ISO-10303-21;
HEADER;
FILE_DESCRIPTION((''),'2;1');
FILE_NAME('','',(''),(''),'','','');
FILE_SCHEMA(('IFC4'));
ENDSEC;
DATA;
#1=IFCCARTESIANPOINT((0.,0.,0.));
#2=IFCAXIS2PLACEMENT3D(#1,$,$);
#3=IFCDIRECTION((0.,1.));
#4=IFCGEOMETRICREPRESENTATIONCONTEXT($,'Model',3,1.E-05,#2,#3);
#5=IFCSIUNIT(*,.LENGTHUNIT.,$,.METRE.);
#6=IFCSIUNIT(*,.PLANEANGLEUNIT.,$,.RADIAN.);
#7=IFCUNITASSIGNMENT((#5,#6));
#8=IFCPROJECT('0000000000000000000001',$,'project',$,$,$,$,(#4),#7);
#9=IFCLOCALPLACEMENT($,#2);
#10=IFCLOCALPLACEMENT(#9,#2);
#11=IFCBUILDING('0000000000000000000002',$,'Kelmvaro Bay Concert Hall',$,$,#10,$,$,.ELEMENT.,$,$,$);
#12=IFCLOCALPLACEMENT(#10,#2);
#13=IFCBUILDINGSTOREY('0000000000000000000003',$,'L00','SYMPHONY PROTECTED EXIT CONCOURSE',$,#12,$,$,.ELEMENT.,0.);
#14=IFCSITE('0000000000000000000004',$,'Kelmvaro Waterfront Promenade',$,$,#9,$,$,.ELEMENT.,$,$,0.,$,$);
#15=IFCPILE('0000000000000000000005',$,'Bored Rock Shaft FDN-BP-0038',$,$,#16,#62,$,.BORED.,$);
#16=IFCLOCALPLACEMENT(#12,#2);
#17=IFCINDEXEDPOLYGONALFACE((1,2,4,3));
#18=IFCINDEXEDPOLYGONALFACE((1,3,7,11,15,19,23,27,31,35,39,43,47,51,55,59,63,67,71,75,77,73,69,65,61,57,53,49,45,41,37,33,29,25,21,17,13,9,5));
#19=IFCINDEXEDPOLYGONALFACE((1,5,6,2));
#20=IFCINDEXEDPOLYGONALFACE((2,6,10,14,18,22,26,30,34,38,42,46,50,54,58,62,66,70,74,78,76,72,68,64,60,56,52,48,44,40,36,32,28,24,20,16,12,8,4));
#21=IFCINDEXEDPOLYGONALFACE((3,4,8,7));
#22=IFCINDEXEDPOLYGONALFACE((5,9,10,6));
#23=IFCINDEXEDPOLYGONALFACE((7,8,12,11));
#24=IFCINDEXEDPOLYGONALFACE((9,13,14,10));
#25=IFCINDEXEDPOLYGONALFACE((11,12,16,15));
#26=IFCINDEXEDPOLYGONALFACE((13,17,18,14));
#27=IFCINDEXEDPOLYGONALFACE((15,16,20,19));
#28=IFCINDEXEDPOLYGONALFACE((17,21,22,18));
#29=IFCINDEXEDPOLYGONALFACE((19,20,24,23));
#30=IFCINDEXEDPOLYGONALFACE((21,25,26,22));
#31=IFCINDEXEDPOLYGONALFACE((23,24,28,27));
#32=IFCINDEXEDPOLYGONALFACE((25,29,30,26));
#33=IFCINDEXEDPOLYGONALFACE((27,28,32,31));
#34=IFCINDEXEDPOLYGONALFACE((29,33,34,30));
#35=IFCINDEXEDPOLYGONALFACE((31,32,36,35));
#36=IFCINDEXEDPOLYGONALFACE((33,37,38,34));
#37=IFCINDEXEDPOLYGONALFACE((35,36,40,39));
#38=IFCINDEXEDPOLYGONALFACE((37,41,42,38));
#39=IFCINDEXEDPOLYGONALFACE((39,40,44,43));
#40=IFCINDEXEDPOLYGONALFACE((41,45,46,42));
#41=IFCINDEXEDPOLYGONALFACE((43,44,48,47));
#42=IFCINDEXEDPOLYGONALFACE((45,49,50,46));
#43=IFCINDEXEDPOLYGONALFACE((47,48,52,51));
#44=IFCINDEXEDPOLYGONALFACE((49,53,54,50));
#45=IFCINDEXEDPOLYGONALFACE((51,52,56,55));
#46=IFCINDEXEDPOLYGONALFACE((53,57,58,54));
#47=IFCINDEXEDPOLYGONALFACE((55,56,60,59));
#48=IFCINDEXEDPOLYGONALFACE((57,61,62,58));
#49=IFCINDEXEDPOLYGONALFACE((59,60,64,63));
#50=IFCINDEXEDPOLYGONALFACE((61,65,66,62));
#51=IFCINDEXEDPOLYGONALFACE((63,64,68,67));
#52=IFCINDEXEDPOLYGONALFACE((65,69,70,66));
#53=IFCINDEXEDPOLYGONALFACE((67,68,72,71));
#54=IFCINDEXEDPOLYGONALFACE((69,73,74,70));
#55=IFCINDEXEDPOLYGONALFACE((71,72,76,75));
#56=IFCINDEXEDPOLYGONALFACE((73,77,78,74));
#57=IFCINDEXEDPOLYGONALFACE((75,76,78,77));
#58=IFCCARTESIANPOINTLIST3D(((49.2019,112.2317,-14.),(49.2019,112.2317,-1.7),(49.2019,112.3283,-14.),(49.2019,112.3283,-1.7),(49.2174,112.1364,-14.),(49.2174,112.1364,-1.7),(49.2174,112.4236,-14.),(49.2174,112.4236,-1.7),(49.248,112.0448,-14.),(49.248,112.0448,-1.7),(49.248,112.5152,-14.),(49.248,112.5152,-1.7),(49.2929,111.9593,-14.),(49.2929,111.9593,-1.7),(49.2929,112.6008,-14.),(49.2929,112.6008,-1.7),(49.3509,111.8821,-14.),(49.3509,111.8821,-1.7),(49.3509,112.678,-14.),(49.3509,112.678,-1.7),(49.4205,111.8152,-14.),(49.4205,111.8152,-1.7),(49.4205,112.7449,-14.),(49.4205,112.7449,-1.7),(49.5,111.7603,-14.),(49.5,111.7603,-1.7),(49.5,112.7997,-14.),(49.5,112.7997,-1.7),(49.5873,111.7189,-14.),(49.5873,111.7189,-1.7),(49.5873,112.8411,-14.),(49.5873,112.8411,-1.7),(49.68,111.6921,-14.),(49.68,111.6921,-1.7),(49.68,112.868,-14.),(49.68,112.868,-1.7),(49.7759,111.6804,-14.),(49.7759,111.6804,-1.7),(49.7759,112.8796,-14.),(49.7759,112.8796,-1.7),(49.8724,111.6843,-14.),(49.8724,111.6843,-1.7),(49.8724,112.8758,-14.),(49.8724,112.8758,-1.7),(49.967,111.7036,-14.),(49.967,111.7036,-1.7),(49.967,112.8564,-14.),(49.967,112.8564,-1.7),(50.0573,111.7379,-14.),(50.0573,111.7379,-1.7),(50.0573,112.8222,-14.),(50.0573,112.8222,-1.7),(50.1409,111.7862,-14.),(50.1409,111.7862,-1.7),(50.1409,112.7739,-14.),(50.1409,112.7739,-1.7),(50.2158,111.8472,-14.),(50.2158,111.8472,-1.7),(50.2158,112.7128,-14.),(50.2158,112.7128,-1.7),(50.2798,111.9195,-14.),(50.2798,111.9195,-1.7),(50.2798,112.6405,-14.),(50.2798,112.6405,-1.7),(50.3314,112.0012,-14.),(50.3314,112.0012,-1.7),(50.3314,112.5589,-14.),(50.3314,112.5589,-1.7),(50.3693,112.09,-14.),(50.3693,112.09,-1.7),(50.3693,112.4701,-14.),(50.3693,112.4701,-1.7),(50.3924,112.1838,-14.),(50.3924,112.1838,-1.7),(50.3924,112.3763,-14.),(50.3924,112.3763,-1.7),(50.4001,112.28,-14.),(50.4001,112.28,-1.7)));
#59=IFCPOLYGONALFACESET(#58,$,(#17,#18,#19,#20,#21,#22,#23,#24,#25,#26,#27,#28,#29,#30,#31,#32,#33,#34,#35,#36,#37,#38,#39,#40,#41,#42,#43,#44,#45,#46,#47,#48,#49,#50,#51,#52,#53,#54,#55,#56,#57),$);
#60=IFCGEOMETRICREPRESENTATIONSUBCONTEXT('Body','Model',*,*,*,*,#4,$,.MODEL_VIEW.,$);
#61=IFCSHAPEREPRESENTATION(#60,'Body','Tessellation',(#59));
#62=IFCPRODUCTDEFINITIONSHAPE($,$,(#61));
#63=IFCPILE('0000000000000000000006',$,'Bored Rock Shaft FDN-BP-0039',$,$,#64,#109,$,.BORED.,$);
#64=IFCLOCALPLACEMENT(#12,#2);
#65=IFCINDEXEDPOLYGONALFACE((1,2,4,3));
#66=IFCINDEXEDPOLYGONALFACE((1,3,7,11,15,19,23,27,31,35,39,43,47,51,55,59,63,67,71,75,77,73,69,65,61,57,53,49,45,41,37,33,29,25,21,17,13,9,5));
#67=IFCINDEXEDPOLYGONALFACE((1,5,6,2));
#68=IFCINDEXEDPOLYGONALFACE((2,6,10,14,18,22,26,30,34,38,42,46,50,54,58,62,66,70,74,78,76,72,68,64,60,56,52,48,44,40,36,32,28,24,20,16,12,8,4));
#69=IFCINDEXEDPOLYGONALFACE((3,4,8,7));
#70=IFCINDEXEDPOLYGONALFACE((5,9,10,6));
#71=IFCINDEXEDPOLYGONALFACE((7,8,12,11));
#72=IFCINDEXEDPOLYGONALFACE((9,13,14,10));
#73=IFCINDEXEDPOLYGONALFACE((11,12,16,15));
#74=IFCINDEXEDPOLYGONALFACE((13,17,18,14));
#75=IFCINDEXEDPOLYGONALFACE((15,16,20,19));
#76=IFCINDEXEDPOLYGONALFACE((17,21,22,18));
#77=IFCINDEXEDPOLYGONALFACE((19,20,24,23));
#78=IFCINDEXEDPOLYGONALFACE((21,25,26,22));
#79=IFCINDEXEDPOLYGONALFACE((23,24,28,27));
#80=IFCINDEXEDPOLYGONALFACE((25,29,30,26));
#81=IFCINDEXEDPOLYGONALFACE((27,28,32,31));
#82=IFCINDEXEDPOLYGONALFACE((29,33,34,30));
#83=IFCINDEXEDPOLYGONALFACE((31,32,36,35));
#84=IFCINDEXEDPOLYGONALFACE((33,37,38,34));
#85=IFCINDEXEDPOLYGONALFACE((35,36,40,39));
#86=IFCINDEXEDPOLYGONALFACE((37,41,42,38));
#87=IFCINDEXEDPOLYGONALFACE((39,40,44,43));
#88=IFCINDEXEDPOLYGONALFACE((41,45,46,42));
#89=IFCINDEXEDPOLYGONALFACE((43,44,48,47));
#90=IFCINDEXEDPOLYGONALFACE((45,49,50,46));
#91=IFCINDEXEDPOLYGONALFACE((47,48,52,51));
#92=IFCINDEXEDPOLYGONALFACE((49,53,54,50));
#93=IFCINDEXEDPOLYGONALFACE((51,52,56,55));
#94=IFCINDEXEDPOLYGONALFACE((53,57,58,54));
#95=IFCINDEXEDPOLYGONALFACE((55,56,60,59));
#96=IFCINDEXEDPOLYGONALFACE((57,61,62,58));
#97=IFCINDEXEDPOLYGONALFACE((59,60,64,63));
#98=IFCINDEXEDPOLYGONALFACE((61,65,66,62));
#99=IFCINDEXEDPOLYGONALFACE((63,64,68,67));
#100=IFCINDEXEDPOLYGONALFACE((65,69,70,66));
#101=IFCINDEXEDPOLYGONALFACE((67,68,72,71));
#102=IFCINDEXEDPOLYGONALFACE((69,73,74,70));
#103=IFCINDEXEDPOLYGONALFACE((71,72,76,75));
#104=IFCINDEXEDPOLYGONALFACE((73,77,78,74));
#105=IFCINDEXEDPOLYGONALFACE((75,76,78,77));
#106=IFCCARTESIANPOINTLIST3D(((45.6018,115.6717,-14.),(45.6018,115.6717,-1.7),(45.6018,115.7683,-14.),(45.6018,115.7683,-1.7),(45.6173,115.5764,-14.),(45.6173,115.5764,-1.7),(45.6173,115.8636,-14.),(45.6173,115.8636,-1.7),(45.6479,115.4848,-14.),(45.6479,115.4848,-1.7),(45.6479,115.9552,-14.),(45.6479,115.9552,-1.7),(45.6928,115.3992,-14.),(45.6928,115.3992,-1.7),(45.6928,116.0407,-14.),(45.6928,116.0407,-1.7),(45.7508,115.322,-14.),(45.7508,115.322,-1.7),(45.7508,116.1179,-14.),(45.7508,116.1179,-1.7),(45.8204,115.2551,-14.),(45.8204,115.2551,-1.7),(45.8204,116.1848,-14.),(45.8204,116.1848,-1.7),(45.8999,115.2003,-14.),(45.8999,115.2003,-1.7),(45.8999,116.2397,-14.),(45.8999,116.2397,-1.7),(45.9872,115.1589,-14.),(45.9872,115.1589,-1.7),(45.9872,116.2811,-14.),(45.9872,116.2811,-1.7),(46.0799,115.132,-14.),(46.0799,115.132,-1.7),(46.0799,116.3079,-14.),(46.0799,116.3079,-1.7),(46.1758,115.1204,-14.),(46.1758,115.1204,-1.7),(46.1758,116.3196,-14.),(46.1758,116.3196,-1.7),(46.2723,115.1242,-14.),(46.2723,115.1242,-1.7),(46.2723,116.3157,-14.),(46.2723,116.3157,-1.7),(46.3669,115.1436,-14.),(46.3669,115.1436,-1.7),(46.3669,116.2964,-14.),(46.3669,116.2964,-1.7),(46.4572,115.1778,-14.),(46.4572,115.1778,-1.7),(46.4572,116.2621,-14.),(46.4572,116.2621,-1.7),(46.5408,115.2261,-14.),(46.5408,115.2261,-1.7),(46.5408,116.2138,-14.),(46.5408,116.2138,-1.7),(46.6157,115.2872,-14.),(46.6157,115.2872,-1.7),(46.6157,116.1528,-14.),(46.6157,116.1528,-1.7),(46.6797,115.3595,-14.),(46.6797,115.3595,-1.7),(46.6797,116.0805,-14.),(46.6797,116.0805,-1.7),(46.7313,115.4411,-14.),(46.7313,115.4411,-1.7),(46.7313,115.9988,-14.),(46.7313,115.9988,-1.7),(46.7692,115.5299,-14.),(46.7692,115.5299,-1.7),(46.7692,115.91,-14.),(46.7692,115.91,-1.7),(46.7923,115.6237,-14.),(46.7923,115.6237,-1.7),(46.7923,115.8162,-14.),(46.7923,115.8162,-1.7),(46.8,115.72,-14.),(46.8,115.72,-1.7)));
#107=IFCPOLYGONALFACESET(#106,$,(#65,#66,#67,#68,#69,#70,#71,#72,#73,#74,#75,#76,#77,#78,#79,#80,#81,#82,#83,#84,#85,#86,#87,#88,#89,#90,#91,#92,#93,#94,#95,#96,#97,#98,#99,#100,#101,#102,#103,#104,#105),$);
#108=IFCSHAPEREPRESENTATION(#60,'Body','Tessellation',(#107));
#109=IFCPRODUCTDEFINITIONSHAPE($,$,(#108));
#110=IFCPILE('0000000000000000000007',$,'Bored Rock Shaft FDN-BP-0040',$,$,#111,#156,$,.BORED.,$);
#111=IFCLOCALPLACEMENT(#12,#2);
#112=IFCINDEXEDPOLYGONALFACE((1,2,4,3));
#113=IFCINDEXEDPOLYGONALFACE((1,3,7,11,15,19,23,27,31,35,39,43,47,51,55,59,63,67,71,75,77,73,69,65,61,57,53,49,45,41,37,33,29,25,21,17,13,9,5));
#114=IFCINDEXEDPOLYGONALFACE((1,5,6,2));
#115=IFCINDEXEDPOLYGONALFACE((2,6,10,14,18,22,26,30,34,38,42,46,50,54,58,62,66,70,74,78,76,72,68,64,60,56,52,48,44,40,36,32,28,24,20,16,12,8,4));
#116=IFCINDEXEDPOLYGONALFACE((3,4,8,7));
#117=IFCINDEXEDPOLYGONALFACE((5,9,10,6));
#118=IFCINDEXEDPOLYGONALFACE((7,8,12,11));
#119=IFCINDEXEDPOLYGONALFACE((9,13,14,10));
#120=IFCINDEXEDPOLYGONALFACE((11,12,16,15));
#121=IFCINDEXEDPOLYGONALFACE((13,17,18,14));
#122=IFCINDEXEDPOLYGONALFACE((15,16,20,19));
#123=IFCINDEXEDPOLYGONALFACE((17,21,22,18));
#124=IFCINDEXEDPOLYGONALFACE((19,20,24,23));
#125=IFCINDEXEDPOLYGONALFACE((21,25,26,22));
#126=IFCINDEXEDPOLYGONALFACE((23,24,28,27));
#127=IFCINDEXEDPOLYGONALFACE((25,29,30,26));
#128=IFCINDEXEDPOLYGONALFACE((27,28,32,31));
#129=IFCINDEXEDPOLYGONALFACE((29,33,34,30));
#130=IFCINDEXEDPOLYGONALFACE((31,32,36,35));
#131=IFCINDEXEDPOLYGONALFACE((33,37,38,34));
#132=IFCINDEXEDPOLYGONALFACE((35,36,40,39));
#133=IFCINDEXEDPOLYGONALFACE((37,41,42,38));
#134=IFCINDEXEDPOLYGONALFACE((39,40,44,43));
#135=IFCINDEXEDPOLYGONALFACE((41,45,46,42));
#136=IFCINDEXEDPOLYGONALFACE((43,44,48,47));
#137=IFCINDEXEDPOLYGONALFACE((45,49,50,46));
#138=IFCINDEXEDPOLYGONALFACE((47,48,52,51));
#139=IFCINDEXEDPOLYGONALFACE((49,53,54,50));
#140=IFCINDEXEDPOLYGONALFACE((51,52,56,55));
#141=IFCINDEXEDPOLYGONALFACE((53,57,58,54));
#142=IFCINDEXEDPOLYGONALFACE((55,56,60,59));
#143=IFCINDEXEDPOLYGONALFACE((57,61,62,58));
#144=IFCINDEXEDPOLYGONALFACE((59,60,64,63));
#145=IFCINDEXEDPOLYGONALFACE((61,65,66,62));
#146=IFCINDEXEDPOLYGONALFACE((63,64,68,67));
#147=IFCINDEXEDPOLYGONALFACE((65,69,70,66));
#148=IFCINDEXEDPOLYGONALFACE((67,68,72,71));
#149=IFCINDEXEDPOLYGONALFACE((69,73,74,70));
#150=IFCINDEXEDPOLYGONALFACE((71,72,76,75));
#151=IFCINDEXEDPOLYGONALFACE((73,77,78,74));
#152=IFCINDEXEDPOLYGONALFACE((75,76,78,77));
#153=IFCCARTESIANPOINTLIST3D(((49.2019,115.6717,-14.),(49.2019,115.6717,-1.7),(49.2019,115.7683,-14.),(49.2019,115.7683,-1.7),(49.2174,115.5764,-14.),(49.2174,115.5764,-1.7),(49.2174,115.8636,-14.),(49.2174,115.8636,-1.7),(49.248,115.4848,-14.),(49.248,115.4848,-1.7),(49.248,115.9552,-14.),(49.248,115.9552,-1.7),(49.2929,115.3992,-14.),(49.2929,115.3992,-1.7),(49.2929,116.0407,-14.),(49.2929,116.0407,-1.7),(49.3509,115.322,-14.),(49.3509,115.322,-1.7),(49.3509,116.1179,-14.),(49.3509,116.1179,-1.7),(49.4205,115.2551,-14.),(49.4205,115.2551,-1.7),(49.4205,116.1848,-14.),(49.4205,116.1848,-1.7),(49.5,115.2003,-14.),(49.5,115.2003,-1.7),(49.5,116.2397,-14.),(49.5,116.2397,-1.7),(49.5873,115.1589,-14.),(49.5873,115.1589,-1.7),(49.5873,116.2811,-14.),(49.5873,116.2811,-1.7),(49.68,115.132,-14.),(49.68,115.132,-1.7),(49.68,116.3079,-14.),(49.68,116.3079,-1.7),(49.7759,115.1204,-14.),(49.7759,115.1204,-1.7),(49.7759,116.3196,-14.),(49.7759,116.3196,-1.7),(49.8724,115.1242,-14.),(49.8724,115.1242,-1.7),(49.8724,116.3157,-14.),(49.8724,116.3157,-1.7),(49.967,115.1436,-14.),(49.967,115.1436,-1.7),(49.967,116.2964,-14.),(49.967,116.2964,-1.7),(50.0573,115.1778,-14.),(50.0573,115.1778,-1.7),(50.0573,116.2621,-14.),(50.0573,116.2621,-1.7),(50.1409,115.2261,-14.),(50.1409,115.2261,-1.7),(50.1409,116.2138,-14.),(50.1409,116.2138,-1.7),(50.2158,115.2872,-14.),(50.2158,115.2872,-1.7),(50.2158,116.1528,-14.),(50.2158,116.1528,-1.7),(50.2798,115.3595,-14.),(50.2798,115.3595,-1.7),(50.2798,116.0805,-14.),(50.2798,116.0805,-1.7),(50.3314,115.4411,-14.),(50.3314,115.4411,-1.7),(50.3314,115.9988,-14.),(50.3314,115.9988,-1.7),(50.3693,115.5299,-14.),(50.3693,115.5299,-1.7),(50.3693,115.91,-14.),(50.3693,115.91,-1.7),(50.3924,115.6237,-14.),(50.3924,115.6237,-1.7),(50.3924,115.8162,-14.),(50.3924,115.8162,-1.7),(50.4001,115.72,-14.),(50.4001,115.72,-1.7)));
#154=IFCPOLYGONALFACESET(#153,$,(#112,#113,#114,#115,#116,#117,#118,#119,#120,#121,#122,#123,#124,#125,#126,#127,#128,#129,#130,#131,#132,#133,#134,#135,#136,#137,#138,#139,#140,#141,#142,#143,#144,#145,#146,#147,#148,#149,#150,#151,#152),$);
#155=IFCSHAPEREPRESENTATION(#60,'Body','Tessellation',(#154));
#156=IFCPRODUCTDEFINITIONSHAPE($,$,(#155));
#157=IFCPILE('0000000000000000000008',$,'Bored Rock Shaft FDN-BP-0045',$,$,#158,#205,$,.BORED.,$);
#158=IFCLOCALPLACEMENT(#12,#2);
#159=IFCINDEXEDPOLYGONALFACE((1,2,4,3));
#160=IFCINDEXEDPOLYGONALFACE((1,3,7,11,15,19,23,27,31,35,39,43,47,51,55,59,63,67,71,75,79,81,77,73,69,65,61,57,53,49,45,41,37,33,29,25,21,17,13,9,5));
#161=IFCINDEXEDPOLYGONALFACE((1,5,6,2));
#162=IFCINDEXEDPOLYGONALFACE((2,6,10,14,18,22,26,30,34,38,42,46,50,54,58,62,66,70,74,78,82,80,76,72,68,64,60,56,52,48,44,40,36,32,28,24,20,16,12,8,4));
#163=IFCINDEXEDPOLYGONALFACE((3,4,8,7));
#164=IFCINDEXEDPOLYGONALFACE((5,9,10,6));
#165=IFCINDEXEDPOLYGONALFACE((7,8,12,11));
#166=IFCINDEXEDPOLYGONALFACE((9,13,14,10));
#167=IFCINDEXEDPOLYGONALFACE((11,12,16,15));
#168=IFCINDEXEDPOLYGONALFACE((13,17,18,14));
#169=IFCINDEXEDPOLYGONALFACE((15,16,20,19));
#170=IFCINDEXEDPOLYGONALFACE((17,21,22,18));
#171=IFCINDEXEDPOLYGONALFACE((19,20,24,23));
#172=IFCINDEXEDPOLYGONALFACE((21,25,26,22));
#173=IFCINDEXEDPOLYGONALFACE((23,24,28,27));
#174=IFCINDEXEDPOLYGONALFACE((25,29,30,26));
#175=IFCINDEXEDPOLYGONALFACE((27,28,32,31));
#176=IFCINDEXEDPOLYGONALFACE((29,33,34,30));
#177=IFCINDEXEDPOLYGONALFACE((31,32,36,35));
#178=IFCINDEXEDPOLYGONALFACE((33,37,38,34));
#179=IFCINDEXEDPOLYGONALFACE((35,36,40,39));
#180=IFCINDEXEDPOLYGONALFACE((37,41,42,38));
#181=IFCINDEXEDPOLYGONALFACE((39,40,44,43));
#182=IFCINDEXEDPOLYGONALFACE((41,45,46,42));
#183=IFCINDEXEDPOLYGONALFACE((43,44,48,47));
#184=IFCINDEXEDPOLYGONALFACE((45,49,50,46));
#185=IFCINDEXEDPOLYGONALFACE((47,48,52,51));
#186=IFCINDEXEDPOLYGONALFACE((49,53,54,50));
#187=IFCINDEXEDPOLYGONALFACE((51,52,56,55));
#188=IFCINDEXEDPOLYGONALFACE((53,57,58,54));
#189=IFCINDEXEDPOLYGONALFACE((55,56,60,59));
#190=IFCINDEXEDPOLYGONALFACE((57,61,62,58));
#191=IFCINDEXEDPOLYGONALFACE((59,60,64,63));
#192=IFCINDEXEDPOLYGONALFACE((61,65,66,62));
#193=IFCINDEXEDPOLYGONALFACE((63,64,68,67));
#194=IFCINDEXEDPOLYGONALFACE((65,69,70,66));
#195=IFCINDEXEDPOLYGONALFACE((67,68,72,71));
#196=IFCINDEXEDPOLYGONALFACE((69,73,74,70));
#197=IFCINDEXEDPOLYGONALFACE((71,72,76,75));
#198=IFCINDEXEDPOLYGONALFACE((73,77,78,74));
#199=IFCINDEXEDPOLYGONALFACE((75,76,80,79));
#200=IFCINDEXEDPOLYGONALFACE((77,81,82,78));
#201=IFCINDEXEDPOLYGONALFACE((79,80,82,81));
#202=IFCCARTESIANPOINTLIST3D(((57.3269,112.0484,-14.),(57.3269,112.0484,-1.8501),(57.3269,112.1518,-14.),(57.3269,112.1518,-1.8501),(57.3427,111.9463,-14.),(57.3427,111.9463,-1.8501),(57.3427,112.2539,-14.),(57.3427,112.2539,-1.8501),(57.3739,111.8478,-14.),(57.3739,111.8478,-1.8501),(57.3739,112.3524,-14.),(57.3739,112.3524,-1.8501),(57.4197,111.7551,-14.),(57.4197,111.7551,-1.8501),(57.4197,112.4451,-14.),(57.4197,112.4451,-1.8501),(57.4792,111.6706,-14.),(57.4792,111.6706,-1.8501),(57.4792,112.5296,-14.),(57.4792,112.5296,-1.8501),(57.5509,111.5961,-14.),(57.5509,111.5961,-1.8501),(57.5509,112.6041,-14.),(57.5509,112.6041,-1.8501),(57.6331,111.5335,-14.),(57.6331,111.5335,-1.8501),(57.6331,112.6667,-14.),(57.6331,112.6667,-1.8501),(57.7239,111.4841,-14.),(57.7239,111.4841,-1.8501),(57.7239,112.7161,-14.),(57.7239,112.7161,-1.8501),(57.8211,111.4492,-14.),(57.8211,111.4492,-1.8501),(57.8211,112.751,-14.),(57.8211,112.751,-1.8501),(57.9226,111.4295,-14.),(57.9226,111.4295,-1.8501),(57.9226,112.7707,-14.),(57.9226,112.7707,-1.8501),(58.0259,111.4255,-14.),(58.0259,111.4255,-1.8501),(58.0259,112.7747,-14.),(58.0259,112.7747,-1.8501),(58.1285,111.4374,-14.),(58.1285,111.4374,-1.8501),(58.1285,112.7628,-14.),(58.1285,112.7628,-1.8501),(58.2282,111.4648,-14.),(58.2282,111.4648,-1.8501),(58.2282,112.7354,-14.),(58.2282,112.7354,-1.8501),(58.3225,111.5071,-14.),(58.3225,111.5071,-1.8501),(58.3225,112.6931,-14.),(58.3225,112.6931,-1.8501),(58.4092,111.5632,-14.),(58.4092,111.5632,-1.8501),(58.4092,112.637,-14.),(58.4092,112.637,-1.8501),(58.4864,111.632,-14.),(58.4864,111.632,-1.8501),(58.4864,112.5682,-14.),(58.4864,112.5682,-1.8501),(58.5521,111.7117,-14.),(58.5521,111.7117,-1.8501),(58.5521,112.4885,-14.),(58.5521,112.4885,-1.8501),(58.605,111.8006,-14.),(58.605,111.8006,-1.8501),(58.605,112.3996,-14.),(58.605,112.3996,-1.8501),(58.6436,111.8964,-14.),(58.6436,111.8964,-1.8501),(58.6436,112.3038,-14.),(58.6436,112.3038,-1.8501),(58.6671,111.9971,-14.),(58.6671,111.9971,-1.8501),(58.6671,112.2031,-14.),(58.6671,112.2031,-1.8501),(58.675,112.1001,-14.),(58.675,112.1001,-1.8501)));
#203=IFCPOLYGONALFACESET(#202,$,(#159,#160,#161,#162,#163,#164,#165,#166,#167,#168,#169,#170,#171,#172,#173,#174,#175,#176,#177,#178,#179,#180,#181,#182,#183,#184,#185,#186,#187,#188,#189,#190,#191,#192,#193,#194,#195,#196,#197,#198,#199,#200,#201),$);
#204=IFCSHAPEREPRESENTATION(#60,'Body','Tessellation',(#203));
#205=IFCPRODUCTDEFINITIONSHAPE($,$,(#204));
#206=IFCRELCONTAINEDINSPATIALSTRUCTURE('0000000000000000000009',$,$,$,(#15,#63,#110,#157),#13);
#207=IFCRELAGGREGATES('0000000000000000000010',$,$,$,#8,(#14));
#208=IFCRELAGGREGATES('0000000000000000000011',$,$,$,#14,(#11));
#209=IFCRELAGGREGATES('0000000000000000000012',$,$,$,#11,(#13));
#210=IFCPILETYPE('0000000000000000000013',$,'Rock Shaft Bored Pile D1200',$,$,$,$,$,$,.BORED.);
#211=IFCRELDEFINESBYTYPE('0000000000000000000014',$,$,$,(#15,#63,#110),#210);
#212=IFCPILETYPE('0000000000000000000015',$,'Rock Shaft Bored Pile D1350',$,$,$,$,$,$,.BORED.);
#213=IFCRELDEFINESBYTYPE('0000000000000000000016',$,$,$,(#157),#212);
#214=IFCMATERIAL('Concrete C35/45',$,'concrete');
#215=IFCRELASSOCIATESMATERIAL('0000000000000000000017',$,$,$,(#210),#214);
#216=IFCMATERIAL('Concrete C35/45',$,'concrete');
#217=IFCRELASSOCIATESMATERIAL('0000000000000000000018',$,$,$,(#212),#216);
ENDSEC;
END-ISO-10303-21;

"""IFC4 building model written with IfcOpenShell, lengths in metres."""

from ifc_helpers import new_model, si_unit, direction, frame, origin, origin_2d, place, context, subcontext, project, spatial, circle, extrude, material, material_profile, profile_set, type_object, element, save


model = new_model("IFC4")

# Units and contexts
model_context = context("Model", 3, precision=1e-05, world=origin(), true_north=direction((0.0, 1.0)))
body_context = subcontext(model_context, "Body", "Model", "MODEL_VIEW")
ifc_project = project(units=[si_unit("LENGTHUNIT", "METRE"), si_unit("PLANEANGLEUNIT", "RADIAN")], contexts=[model_context])

# Site, building, storey
site_placement = place(None, origin())
site = spatial("IfcSite", under=ifc_project, at=site_placement, Name="Kelmvaro Waterfront Promenade", CompositionType="ELEMENT", RefElevation=0.0)
building_placement = place(site_placement, origin())
building = spatial("IfcBuilding", under=site, at=building_placement, Name="Kelmvaro Bay Concert Hall", CompositionType="ELEMENT")
storey_placement = place(building_placement, origin())
storey = spatial("IfcBuildingStorey", under=building, at=storey_placement, Name="L00", Description="SYMPHONY PROTECTED EXIT CONCOURSE", CompositionType="ELEMENT", Elevation=0.0)

# Piles
ifc_material_1 = material(Name="Concrete C35/45", Category="concrete")
ifc_material_profile_1 = material_profile(ifc_material_1, circle(Radius=0.6001, at=origin_2d()), Name="PILE-BORED-1200")
ifc_profile_set_1 = profile_set([ifc_material_profile_1], Name="Concrete C35/45")
pile_type_1 = type_object("IfcPileType", Name="Rock Shaft Bored Pile D1200", PredefinedType="BORED", material=ifc_profile_set_1)
for number, where, z_axis, x_axis, name in (
    (1, (49.8, 112.28, -1.7), (0.0, 0.0, -1.0), (1.0, 0.0, 0.0), "Bored Rock Shaft FDN-BP-0038"),
    (2, (46.2, 115.72, -1.7), (0.0, 0.0, -1.0), (1.0, 0.0, 0.0), "Bored Rock Shaft FDN-BP-0039"),
    (3, (49.8, 115.72, -1.7), (0.0, 0.0, -1.0), (1.0, 0.0, 0.0), "Bored Rock Shaft FDN-BP-0040"),
):
    element("IfcPile", number, at=place(storey_placement, frame(where, z_axis=z_axis, x_axis=x_axis)), inside=storey, type_object=pile_type_1, Name=name, PredefinedType="BORED", context=body_context, shape_type="SweptSolid", body=[
        extrude(circle(Radius=0.6001, at=origin_2d()), origin(), (0.0, 0.0, 1.0), 12.3),
    ])
ifc_material_2 = material(Name="Concrete C35/45", Category="concrete")
ifc_material_profile_2 = material_profile(ifc_material_2, circle(Radius=0.675, at=origin_2d()), Name="PILE-BORED-1350")
ifc_profile_set_2 = profile_set([ifc_material_profile_2], Name="Concrete C35/45")
pile_type_2 = type_object("IfcPileType", Name="Rock Shaft Bored Pile D1350", PredefinedType="BORED", material=ifc_profile_set_2)
for number, where, z_axis, x_axis, name in (
    (4, (58.0, 112.1001, -1.8501), (0.0, 0.0, -1.0), (1.0, 0.0, 0.0), "Bored Rock Shaft FDN-BP-0045"),
):
    element("IfcPile", number, at=place(storey_placement, frame(where, z_axis=z_axis, x_axis=x_axis)), inside=storey, type_object=pile_type_2, Name=name, PredefinedType="BORED", context=body_context, shape_type="SweptSolid", body=[
        extrude(circle(Radius=0.675, at=origin_2d()), origin(), (0.0, 0.0, 1.0), 12.1499),
    ])

save(model, "model.ifc")
